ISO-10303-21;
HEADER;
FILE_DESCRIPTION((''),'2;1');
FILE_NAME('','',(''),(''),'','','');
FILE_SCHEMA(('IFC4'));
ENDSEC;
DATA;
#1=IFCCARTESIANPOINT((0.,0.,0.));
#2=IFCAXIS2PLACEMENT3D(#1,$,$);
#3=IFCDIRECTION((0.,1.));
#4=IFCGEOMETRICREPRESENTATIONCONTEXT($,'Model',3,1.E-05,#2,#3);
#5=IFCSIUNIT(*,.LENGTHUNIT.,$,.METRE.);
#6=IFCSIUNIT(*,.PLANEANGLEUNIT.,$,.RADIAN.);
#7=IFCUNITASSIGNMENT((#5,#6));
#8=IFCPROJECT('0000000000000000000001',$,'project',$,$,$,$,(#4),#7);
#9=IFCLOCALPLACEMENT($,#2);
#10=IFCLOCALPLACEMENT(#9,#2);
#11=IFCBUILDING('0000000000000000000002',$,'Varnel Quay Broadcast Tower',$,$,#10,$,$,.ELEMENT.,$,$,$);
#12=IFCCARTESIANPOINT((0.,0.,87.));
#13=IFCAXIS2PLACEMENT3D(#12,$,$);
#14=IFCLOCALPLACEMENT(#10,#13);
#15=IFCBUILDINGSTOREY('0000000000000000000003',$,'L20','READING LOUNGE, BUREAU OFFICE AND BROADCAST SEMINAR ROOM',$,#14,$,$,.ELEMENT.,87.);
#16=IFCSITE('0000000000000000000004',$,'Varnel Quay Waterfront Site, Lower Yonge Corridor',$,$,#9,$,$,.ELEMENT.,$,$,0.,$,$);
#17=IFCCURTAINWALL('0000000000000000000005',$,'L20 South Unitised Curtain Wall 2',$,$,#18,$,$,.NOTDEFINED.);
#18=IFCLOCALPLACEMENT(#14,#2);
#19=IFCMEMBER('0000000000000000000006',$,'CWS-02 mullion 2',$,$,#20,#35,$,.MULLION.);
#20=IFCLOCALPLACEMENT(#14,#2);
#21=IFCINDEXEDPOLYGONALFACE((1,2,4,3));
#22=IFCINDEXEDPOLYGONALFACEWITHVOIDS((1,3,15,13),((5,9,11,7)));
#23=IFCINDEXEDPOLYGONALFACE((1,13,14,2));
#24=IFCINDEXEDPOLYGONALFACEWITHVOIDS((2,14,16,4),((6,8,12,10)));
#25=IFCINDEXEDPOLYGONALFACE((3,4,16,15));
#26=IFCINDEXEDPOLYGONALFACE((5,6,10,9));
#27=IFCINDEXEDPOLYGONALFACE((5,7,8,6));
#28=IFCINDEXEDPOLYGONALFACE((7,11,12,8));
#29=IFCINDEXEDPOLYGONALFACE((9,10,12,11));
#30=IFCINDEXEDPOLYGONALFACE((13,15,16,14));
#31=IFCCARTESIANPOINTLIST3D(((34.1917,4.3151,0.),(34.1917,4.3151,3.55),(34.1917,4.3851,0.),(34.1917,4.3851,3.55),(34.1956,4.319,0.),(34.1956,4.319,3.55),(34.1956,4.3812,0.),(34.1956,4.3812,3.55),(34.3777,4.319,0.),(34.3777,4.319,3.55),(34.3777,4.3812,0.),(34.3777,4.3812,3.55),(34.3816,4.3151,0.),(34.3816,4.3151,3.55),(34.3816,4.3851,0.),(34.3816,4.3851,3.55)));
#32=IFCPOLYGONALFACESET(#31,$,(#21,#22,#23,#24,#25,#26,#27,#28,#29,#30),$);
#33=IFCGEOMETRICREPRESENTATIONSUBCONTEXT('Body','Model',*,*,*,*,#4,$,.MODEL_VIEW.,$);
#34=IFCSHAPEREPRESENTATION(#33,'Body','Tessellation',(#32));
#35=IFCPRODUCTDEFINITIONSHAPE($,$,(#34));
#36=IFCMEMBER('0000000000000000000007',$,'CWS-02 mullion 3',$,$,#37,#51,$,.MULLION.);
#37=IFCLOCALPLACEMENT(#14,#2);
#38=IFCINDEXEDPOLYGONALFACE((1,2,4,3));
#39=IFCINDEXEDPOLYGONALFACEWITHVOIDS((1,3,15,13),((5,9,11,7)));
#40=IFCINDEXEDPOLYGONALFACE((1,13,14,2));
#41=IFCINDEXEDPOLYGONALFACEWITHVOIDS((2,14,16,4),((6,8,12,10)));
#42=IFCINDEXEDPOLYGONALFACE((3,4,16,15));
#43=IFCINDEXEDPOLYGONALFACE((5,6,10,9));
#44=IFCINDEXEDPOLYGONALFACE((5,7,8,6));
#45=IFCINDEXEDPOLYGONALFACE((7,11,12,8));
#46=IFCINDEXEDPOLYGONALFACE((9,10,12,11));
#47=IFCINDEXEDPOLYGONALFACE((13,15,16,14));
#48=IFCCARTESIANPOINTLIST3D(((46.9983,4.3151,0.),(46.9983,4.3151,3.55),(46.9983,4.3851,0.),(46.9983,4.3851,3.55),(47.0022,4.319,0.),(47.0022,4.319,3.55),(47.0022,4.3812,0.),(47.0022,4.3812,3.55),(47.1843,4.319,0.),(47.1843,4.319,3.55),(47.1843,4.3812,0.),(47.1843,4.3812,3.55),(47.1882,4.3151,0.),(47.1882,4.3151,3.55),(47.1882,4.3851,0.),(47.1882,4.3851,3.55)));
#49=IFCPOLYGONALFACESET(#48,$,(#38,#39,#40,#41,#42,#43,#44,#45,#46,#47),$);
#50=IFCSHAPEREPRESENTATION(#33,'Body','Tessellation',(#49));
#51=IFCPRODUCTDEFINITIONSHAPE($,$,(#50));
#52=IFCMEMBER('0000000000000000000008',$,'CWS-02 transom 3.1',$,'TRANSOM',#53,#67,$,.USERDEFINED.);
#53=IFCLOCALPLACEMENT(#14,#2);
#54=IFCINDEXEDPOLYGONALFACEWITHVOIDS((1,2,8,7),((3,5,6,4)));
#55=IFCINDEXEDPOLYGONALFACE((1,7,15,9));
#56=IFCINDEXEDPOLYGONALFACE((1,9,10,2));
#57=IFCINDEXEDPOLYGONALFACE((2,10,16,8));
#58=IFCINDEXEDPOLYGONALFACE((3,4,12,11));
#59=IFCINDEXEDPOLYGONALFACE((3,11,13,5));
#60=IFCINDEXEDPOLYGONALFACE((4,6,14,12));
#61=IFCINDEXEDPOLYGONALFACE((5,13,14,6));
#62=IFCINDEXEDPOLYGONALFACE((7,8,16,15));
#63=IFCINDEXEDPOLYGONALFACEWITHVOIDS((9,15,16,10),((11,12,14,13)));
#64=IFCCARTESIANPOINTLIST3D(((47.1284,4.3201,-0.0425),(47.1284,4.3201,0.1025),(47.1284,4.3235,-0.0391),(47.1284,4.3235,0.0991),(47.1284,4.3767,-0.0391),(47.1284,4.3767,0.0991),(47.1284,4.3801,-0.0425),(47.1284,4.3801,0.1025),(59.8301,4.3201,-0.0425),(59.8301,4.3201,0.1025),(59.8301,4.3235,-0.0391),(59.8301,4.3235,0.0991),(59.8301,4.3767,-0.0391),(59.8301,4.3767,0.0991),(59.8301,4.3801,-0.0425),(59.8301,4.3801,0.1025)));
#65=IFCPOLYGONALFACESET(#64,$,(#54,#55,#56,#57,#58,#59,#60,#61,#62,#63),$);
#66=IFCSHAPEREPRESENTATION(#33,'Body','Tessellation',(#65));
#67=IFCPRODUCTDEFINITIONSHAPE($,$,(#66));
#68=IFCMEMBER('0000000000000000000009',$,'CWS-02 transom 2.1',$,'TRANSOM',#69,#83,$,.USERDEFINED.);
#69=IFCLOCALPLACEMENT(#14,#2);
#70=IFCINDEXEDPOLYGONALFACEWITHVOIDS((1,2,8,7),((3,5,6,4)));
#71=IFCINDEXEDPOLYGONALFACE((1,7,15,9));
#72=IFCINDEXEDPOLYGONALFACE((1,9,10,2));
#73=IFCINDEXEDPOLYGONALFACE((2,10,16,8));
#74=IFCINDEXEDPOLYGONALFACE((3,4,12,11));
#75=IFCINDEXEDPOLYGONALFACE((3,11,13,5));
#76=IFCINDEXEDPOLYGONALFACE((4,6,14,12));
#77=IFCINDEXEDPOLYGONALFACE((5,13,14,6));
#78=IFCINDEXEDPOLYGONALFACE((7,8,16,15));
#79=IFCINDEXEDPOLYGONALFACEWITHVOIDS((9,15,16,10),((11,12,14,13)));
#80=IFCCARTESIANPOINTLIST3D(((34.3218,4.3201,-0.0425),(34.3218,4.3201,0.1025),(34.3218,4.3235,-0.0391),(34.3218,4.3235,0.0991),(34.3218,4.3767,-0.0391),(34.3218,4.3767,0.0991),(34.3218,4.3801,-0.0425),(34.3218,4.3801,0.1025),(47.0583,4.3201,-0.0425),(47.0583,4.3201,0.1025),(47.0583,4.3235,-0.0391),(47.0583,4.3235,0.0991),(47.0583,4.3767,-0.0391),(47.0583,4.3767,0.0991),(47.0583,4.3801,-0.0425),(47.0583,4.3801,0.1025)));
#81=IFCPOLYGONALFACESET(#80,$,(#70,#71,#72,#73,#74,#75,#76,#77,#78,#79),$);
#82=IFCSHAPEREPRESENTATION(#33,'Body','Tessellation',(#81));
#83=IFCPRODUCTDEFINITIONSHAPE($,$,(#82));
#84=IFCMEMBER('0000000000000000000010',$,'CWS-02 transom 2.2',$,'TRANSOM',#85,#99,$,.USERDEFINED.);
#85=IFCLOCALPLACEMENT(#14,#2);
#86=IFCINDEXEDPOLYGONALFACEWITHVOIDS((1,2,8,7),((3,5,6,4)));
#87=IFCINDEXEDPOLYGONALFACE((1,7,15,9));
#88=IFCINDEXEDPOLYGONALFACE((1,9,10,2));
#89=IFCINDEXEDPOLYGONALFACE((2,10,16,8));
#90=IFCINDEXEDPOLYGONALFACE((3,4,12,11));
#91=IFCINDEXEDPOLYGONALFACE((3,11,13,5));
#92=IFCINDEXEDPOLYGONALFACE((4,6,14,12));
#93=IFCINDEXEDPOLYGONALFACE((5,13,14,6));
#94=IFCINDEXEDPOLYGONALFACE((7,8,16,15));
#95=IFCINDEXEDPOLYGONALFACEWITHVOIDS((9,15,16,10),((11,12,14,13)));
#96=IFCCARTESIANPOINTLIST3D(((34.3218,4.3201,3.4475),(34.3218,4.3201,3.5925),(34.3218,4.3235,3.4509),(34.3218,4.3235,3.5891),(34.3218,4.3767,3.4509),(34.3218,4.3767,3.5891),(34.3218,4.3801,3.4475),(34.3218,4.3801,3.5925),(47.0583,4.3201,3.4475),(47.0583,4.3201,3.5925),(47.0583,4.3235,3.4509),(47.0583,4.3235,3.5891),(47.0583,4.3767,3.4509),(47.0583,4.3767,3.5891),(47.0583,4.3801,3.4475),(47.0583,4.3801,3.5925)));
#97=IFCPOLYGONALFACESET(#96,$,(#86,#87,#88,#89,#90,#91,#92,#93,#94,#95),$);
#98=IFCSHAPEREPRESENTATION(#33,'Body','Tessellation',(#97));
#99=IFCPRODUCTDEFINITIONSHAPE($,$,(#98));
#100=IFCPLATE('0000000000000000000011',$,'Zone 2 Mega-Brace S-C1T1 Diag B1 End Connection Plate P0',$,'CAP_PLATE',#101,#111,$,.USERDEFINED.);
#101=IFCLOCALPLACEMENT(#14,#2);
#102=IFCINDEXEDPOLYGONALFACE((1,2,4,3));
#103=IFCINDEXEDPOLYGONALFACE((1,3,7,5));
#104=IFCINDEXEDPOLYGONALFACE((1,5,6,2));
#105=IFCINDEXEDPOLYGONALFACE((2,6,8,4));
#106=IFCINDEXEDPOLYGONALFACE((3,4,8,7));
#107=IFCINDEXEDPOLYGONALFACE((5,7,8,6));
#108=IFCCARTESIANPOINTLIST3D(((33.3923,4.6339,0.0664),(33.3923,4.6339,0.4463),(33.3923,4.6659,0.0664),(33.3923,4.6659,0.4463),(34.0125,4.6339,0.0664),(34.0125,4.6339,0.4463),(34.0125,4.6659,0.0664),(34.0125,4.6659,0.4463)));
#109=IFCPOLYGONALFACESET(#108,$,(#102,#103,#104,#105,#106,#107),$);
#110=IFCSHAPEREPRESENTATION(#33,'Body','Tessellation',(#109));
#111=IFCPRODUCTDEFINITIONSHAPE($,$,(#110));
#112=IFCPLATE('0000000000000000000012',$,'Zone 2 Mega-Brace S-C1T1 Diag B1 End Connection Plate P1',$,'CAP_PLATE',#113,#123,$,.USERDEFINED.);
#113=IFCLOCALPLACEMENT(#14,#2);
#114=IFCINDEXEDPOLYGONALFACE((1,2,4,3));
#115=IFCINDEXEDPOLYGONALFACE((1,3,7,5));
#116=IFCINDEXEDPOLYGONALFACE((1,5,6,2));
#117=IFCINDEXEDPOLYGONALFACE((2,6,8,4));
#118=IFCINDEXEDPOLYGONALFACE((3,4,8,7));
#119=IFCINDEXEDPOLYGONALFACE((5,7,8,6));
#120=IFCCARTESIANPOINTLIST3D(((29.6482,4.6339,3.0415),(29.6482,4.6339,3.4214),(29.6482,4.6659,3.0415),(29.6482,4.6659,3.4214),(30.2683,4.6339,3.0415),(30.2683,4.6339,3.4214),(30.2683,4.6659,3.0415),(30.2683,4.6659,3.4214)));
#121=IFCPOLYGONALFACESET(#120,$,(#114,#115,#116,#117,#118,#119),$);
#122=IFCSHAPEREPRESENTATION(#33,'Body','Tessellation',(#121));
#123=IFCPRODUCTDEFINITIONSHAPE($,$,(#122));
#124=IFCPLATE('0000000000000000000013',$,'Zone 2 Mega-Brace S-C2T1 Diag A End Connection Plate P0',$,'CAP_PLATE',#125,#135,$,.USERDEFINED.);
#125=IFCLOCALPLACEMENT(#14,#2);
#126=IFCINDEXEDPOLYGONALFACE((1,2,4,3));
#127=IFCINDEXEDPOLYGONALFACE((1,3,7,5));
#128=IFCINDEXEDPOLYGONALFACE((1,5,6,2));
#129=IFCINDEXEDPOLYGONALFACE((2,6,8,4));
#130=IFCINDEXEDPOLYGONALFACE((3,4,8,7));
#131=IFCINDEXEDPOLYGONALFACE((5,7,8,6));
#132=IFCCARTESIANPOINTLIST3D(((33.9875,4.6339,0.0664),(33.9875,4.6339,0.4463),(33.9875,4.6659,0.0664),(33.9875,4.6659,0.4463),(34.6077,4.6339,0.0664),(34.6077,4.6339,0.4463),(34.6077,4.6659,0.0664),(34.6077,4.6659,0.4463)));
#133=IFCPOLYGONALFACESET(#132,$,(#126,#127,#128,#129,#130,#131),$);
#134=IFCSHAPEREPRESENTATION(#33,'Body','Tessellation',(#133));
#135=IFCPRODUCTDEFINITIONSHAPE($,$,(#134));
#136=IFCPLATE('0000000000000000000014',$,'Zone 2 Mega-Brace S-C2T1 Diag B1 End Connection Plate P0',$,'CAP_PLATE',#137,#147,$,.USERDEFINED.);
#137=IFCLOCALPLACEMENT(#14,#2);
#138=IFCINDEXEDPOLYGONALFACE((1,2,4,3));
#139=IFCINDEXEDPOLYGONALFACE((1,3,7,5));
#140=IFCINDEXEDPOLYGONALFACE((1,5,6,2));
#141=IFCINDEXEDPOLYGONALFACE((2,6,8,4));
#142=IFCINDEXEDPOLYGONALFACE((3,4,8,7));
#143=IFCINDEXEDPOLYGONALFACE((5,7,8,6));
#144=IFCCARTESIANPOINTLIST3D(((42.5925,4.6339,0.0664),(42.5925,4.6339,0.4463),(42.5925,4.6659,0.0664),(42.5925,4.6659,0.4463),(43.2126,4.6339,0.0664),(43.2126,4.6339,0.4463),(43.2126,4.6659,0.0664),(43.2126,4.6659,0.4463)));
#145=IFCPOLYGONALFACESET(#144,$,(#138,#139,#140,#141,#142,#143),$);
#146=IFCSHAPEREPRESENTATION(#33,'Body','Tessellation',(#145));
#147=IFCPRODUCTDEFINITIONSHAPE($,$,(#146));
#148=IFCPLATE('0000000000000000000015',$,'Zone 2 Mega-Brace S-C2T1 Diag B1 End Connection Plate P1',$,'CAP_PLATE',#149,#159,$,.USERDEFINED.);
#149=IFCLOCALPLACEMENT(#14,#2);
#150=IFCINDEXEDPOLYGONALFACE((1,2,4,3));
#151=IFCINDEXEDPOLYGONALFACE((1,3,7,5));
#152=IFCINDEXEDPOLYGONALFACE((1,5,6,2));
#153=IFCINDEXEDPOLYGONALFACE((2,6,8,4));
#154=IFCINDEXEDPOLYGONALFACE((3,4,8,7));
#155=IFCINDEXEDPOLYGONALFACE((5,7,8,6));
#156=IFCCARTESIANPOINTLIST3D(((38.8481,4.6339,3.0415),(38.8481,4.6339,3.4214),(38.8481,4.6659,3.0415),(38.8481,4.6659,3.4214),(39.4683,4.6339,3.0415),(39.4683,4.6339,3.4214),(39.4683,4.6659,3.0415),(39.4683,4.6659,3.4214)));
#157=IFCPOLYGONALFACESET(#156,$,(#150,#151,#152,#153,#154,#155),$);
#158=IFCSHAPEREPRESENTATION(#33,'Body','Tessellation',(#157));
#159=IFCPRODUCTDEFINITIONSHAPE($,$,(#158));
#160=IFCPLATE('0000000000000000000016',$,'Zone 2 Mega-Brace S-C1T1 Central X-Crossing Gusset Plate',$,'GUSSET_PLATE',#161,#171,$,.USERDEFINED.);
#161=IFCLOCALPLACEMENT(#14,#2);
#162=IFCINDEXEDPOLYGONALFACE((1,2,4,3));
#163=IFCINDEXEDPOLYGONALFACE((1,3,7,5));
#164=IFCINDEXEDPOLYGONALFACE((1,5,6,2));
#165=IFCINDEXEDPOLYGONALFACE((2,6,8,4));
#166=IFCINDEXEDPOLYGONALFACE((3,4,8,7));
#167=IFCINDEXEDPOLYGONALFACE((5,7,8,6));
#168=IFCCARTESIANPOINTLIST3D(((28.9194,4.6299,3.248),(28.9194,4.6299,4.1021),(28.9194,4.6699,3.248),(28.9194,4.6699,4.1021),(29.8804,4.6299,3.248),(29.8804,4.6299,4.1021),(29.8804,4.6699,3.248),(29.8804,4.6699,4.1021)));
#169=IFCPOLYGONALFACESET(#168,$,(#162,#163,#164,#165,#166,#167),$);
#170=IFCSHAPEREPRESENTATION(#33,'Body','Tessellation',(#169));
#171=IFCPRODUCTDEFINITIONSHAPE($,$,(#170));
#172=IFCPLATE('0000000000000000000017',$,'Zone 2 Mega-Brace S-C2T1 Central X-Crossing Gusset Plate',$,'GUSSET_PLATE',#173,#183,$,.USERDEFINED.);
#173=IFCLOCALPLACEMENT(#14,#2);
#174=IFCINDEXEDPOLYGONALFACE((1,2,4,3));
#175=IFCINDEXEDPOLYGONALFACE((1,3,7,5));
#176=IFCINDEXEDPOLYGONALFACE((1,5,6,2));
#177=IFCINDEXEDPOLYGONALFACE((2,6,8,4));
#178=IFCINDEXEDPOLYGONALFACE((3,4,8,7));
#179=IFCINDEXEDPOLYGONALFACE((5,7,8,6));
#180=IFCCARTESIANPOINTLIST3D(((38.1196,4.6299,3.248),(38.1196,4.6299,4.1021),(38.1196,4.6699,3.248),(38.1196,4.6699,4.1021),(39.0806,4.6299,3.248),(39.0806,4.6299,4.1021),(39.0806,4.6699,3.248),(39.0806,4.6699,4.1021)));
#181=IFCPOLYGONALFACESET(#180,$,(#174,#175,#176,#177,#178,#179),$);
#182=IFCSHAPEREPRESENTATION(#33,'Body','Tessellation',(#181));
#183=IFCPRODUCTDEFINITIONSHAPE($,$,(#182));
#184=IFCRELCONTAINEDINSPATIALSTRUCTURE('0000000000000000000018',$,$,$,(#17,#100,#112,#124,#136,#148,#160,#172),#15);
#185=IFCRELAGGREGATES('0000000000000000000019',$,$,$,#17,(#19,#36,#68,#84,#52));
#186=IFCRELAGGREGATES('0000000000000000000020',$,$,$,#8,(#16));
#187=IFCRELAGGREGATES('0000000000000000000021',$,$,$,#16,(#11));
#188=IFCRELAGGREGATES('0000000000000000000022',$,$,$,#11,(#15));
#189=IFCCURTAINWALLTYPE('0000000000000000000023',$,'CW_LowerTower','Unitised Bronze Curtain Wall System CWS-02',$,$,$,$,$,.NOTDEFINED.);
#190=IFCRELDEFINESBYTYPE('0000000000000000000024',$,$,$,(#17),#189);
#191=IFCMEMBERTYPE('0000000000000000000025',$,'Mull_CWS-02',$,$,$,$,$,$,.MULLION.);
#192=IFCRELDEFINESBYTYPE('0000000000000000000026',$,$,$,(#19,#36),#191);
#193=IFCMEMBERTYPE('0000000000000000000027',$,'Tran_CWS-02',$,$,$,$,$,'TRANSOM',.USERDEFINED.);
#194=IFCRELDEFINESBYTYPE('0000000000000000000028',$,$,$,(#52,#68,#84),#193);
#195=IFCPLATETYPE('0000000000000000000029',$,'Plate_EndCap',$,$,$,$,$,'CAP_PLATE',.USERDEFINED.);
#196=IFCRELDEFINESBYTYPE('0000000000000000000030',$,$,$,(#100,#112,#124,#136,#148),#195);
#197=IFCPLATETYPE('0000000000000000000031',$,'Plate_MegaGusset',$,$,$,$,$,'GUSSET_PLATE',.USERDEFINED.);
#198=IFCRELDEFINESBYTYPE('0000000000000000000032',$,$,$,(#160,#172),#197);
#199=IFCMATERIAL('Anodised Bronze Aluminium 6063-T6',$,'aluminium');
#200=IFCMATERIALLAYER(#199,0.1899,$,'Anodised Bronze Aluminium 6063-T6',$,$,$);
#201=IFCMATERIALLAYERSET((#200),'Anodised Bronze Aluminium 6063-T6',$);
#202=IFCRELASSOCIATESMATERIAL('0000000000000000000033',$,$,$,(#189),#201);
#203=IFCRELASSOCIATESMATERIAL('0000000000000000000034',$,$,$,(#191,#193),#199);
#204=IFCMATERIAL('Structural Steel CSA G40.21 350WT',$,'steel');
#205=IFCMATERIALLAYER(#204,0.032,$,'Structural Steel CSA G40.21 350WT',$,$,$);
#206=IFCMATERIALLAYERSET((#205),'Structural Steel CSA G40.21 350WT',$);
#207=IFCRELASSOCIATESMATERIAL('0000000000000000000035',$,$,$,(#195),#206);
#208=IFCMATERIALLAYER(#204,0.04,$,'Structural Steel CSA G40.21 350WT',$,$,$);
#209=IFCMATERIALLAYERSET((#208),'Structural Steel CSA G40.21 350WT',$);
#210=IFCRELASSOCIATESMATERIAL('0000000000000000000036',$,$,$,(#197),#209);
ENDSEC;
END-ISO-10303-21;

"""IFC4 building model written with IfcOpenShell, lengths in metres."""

from ifc_helpers import new_model, si_unit, direction, frame, origin, origin_2d, place, context, subcontext, project, spatial, rectangle, hollow_rectangle, extrude, source, transform, mapped, material, layer, layer_set, material_profile, profile_set, type_object, type_shapes, element, aggregate, save


model = new_model("IFC4")

# Units and contexts
model_context = context("Model", 3, precision=1e-05, world=origin(), true_north=direction((0.0, 1.0)))
body_context = subcontext(model_context, "Body", "Model", "MODEL_VIEW")
ifc_project = project(units=[si_unit("LENGTHUNIT", "METRE"), si_unit("PLANEANGLEUNIT", "RADIAN")], contexts=[model_context])

# Site, building, storey
site_placement = place(None, origin())
site = spatial("IfcSite", under=ifc_project, at=site_placement, Name="Varnel Quay Waterfront Site, Lower Yonge Corridor", CompositionType="ELEMENT", RefElevation=0.0)
building_placement = place(site_placement, origin())
building = spatial("IfcBuilding", under=site, at=building_placement, Name="Varnel Quay Broadcast Tower", CompositionType="ELEMENT")
storey_placement = place(building_placement, frame((0.0, 0.0, 87.0)))
storey = spatial("IfcBuildingStorey", under=building, at=storey_placement, Name="L20", Description="READING LOUNGE, BUREAU OFFICE AND BROADCAST SEMINAR ROOM", CompositionType="ELEMENT", Elevation=87.0)

# Shared definitions
ifc_material_1 = material(Name="Structural Steel CSA G40.21 350WT", Category="steel")

# Curtain wall, members
ifc_material_2 = material(Name="Anodised Bronze Aluminium 6063-T6", Category="aluminium")
ifc_layer_1 = layer(ifc_material_2, 0.1899, Name="Anodised Bronze Aluminium 6063-T6")
ifc_layer_set_1 = layer_set([ifc_layer_1], Name="Anodised Bronze Aluminium 6063-T6")
curtain_wall_type = type_object("IfcCurtainWallType", Name="CW_LowerTower", Description="Unitised Bronze Curtain Wall System CWS-02", PredefinedType="NOTDEFINED", material=ifc_layer_set_1)
curtain_wall_placement = place(storey_placement, origin())
curtain_wall = element("IfcCurtainWall", 1, at=curtain_wall_placement, inside=storey, type_object=curtain_wall_type, Name="L20 South Unitised Curtain Wall 2", PredefinedType="NOTDEFINED")
ifc_material_profile_1 = material_profile(ifc_material_2, hollow_rectangle(XDim=0.0701, YDim=0.1899, WallThickness=0.0039, at=origin_2d()), Name="ALU70X190X4")
ifc_profile_set_1 = profile_set([ifc_material_profile_1], Name="Anodised Bronze Aluminium 6063-T6")
member_type_1 = type_object("IfcMemberType", Name="Mull_CWS-02", PredefinedType="MULLION", material=ifc_profile_set_1)
shared_shape_1 = source(origin(), body_context, "Body", "SweptSolid", [
    extrude(hollow_rectangle(XDim=0.0701, YDim=0.1899, WallThickness=0.0039, at=origin_2d()), origin(), (0.0, 0.0, 1.0), 3.55),
])
type_shapes(member_type_1, [shared_shape_1])
member_1_placement = place(storey_placement, frame((34.2866, 4.3501, 0.0), z_axis=(0.0, 0.0, 1.0), x_axis=(0.0, 1.0, 0.0)))
member_1 = element("IfcMember", 2, at=member_1_placement, type_object=member_type_1, Name="CWS-02 mullion 2", PredefinedType="MULLION", context=body_context, shape_type="MappedRepresentation", body=[
    mapped(shared_shape_1, transform((0.0, 0.0, 0.0), x_axis=(1.0, 0.0, 0.0), y_axis=(0.0, 1.0, 0.0), z_axis=(0.0, 0.0, 1.0), scale=1.0)),
])
member_2_placement = place(storey_placement, frame((47.0933, 4.3501, 0.0), z_axis=(0.0, 0.0, 1.0), x_axis=(0.0, 1.0, 0.0)))
member_2 = element("IfcMember", 3, at=member_2_placement, type_object=member_type_1, Name="CWS-02 mullion 3", PredefinedType="MULLION", context=body_context, shape_type="MappedRepresentation", body=[
    mapped(shared_shape_1, transform((0.0, 0.0, 0.0), x_axis=(1.0, 0.0, 0.0), y_axis=(0.0, 1.0, 0.0), z_axis=(0.0, 0.0, 1.0), scale=1.0)),
])
ifc_material_profile_2 = material_profile(ifc_material_2, hollow_rectangle(XDim=0.0601, YDim=0.145, WallThickness=0.0034, at=origin_2d()), Name="ALU60X145X3.5")
ifc_profile_set_2 = profile_set([ifc_material_profile_2], Name="Anodised Bronze Aluminium 6063-T6")
member_type_2 = type_object("IfcMemberType", Name="Tran_CWS-02", ElementType="TRANSOM", PredefinedType="USERDEFINED", material=ifc_profile_set_2)
shared_shape_2 = source(origin(), body_context, "Body", "SweptSolid", [
    extrude(hollow_rectangle(XDim=0.0601, YDim=0.145, WallThickness=0.0034, at=origin_2d()), origin(), (0.0, 0.0, 1.0), 12.7017),
])
member_3_placement = place(storey_placement, frame((47.1284, 4.3501, 0.03), z_axis=(1.0, 0.0, 0.0), x_axis=(0.0, 1.0, 0.0)))
member_3 = element("IfcMember", 4, at=member_3_placement, type_object=member_type_2, Name="CWS-02 transom 3.1", ObjectType="TRANSOM", PredefinedType="USERDEFINED", context=body_context, shape_type="MappedRepresentation", body=[
    mapped(shared_shape_2, transform((0.0, 0.0, 0.0), x_axis=(1.0, 0.0, 0.0), y_axis=(0.0, 1.0, 0.0), z_axis=(0.0, 0.0, 1.0), scale=1.0)),
])
shared_shape_3 = source(origin(), body_context, "Body", "SweptSolid", [
    extrude(hollow_rectangle(XDim=0.0601, YDim=0.145, WallThickness=0.0034, at=origin_2d()), origin(), (0.0, 0.0, 1.0), 12.7366),
])
type_shapes(member_type_2, [shared_shape_2, shared_shape_3])
member_4_placement = place(storey_placement, frame((34.3218, 4.3501, 0.03), z_axis=(1.0, 0.0, 0.0), x_axis=(0.0, 1.0, 0.0)))
member_4 = element("IfcMember", 5, at=member_4_placement, type_object=member_type_2, Name="CWS-02 transom 2.1", ObjectType="TRANSOM", PredefinedType="USERDEFINED", context=body_context, shape_type="MappedRepresentation", body=[
    mapped(shared_shape_3, transform((0.0, 0.0, 0.0), x_axis=(1.0, 0.0, 0.0), y_axis=(0.0, 1.0, 0.0), z_axis=(0.0, 0.0, 1.0), scale=1.0)),
])
member_5_placement = place(storey_placement, frame((34.3218, 4.3501, 3.52), z_axis=(1.0, 0.0, 0.0), x_axis=(0.0, 1.0, 0.0)))
member_5 = element("IfcMember", 6, at=member_5_placement, type_object=member_type_2, Name="CWS-02 transom 2.2", ObjectType="TRANSOM", PredefinedType="USERDEFINED", context=body_context, shape_type="MappedRepresentation", body=[
    mapped(shared_shape_3, transform((0.0, 0.0, 0.0), x_axis=(1.0, 0.0, 0.0), y_axis=(0.0, 1.0, 0.0), z_axis=(0.0, 0.0, 1.0), scale=1.0)),
])

# Plates
ifc_layer_2 = layer(ifc_material_1, 0.032, Name="Structural Steel CSA G40.21 350WT")
ifc_layer_set_2 = layer_set([ifc_layer_2], Name="Structural Steel CSA G40.21 350WT")
plate_type_1 = type_object("IfcPlateType", Name="Plate_EndCap", ElementType="CAP_PLATE", PredefinedType="USERDEFINED", material=ifc_layer_set_2)
shared_shape_4 = source(origin(), body_context, "Body", "SweptSolid", [
    extrude(rectangle(XDim=0.6201, YDim=0.032, at=origin_2d()), origin(), (0.0, 0.0, 1.0), 0.3799),
])
type_shapes(plate_type_1, [shared_shape_4])
for number, where, z_axis, x_axis, name in (
    (7, (33.7024, 4.6499, 0.0664), (0.0, 0.0, 1.0), (1.0, 0.0, 0.0), "Zone 2 Mega-Brace S-C1T1 Diag B1 End Connection Plate P0"),
    (8, (29.9583, 4.6499, 3.0415), (0.0, 0.0, 1.0), (1.0, 0.0, 0.0), "Zone 2 Mega-Brace S-C1T1 Diag B1 End Connection Plate P1"),
    (9, (34.2976, 4.6499, 0.0664), (0.0, 0.0, 1.0), (1.0, 0.0, 0.0), "Zone 2 Mega-Brace S-C2T1 Diag A End Connection Plate P0"),
    (10, (42.9026, 4.6499, 0.0664), (0.0, 0.0, 1.0), (1.0, 0.0, 0.0), "Zone 2 Mega-Brace S-C2T1 Diag B1 End Connection Plate P0"),
    (11, (39.1582, 4.6499, 3.0415), (0.0, 0.0, 1.0), (1.0, 0.0, 0.0), "Zone 2 Mega-Brace S-C2T1 Diag B1 End Connection Plate P1"),
):
    element("IfcPlate", number, at=place(storey_placement, frame(where, z_axis=z_axis, x_axis=x_axis)), inside=storey, type_object=plate_type_1, Name=name, ObjectType="CAP_PLATE", PredefinedType="USERDEFINED", context=body_context, shape_type="MappedRepresentation", body=[
        mapped(shared_shape_4, transform((0.0, 0.0, 0.0), x_axis=(1.0, 0.0, 0.0), y_axis=(0.0, 1.0, 0.0), z_axis=(0.0, 0.0, 1.0), scale=1.0)),
    ])
ifc_layer_3 = layer(ifc_material_1, 0.04, Name="Structural Steel CSA G40.21 350WT")
ifc_layer_set_3 = layer_set([ifc_layer_3], Name="Structural Steel CSA G40.21 350WT")
plate_type_2 = type_object("IfcPlateType", Name="Plate_MegaGusset", ElementType="GUSSET_PLATE", PredefinedType="USERDEFINED", material=ifc_layer_set_3)
shared_shape_5 = source(origin(), body_context, "Body", "SweptSolid", [
    extrude(rectangle(XDim=0.9609, YDim=0.04, at=origin_2d()), origin(), (0.0, 0.0, 1.0), 0.854),
])
type_shapes(plate_type_2, [shared_shape_5])
for number, where, z_axis, x_axis, name in (
    (12, (29.3999, 4.6499, 3.248), (0.0, 0.0, 1.0), (1.0, 0.0, 0.0), "Zone 2 Mega-Brace S-C1T1 Central X-Crossing Gusset Plate"),
    (13, (38.6001, 4.6499, 3.248), (0.0, 0.0, 1.0), (1.0, 0.0, 0.0), "Zone 2 Mega-Brace S-C2T1 Central X-Crossing Gusset Plate"),
):
    element("IfcPlate", number, at=place(storey_placement, frame(where, z_axis=z_axis, x_axis=x_axis)), inside=storey, type_object=plate_type_2, Name=name, ObjectType="GUSSET_PLATE", PredefinedType="USERDEFINED", context=body_context, shape_type="MappedRepresentation", body=[
        mapped(shared_shape_5, transform((0.0, 0.0, 0.0), x_axis=(1.0, 0.0, 0.0), y_axis=(0.0, 1.0, 0.0), z_axis=(0.0, 0.0, 1.0), scale=1.0)),
    ])

aggregate(curtain_wall, [member_1, member_2, member_4, member_5, member_3])

save(model, "model.ifc")
